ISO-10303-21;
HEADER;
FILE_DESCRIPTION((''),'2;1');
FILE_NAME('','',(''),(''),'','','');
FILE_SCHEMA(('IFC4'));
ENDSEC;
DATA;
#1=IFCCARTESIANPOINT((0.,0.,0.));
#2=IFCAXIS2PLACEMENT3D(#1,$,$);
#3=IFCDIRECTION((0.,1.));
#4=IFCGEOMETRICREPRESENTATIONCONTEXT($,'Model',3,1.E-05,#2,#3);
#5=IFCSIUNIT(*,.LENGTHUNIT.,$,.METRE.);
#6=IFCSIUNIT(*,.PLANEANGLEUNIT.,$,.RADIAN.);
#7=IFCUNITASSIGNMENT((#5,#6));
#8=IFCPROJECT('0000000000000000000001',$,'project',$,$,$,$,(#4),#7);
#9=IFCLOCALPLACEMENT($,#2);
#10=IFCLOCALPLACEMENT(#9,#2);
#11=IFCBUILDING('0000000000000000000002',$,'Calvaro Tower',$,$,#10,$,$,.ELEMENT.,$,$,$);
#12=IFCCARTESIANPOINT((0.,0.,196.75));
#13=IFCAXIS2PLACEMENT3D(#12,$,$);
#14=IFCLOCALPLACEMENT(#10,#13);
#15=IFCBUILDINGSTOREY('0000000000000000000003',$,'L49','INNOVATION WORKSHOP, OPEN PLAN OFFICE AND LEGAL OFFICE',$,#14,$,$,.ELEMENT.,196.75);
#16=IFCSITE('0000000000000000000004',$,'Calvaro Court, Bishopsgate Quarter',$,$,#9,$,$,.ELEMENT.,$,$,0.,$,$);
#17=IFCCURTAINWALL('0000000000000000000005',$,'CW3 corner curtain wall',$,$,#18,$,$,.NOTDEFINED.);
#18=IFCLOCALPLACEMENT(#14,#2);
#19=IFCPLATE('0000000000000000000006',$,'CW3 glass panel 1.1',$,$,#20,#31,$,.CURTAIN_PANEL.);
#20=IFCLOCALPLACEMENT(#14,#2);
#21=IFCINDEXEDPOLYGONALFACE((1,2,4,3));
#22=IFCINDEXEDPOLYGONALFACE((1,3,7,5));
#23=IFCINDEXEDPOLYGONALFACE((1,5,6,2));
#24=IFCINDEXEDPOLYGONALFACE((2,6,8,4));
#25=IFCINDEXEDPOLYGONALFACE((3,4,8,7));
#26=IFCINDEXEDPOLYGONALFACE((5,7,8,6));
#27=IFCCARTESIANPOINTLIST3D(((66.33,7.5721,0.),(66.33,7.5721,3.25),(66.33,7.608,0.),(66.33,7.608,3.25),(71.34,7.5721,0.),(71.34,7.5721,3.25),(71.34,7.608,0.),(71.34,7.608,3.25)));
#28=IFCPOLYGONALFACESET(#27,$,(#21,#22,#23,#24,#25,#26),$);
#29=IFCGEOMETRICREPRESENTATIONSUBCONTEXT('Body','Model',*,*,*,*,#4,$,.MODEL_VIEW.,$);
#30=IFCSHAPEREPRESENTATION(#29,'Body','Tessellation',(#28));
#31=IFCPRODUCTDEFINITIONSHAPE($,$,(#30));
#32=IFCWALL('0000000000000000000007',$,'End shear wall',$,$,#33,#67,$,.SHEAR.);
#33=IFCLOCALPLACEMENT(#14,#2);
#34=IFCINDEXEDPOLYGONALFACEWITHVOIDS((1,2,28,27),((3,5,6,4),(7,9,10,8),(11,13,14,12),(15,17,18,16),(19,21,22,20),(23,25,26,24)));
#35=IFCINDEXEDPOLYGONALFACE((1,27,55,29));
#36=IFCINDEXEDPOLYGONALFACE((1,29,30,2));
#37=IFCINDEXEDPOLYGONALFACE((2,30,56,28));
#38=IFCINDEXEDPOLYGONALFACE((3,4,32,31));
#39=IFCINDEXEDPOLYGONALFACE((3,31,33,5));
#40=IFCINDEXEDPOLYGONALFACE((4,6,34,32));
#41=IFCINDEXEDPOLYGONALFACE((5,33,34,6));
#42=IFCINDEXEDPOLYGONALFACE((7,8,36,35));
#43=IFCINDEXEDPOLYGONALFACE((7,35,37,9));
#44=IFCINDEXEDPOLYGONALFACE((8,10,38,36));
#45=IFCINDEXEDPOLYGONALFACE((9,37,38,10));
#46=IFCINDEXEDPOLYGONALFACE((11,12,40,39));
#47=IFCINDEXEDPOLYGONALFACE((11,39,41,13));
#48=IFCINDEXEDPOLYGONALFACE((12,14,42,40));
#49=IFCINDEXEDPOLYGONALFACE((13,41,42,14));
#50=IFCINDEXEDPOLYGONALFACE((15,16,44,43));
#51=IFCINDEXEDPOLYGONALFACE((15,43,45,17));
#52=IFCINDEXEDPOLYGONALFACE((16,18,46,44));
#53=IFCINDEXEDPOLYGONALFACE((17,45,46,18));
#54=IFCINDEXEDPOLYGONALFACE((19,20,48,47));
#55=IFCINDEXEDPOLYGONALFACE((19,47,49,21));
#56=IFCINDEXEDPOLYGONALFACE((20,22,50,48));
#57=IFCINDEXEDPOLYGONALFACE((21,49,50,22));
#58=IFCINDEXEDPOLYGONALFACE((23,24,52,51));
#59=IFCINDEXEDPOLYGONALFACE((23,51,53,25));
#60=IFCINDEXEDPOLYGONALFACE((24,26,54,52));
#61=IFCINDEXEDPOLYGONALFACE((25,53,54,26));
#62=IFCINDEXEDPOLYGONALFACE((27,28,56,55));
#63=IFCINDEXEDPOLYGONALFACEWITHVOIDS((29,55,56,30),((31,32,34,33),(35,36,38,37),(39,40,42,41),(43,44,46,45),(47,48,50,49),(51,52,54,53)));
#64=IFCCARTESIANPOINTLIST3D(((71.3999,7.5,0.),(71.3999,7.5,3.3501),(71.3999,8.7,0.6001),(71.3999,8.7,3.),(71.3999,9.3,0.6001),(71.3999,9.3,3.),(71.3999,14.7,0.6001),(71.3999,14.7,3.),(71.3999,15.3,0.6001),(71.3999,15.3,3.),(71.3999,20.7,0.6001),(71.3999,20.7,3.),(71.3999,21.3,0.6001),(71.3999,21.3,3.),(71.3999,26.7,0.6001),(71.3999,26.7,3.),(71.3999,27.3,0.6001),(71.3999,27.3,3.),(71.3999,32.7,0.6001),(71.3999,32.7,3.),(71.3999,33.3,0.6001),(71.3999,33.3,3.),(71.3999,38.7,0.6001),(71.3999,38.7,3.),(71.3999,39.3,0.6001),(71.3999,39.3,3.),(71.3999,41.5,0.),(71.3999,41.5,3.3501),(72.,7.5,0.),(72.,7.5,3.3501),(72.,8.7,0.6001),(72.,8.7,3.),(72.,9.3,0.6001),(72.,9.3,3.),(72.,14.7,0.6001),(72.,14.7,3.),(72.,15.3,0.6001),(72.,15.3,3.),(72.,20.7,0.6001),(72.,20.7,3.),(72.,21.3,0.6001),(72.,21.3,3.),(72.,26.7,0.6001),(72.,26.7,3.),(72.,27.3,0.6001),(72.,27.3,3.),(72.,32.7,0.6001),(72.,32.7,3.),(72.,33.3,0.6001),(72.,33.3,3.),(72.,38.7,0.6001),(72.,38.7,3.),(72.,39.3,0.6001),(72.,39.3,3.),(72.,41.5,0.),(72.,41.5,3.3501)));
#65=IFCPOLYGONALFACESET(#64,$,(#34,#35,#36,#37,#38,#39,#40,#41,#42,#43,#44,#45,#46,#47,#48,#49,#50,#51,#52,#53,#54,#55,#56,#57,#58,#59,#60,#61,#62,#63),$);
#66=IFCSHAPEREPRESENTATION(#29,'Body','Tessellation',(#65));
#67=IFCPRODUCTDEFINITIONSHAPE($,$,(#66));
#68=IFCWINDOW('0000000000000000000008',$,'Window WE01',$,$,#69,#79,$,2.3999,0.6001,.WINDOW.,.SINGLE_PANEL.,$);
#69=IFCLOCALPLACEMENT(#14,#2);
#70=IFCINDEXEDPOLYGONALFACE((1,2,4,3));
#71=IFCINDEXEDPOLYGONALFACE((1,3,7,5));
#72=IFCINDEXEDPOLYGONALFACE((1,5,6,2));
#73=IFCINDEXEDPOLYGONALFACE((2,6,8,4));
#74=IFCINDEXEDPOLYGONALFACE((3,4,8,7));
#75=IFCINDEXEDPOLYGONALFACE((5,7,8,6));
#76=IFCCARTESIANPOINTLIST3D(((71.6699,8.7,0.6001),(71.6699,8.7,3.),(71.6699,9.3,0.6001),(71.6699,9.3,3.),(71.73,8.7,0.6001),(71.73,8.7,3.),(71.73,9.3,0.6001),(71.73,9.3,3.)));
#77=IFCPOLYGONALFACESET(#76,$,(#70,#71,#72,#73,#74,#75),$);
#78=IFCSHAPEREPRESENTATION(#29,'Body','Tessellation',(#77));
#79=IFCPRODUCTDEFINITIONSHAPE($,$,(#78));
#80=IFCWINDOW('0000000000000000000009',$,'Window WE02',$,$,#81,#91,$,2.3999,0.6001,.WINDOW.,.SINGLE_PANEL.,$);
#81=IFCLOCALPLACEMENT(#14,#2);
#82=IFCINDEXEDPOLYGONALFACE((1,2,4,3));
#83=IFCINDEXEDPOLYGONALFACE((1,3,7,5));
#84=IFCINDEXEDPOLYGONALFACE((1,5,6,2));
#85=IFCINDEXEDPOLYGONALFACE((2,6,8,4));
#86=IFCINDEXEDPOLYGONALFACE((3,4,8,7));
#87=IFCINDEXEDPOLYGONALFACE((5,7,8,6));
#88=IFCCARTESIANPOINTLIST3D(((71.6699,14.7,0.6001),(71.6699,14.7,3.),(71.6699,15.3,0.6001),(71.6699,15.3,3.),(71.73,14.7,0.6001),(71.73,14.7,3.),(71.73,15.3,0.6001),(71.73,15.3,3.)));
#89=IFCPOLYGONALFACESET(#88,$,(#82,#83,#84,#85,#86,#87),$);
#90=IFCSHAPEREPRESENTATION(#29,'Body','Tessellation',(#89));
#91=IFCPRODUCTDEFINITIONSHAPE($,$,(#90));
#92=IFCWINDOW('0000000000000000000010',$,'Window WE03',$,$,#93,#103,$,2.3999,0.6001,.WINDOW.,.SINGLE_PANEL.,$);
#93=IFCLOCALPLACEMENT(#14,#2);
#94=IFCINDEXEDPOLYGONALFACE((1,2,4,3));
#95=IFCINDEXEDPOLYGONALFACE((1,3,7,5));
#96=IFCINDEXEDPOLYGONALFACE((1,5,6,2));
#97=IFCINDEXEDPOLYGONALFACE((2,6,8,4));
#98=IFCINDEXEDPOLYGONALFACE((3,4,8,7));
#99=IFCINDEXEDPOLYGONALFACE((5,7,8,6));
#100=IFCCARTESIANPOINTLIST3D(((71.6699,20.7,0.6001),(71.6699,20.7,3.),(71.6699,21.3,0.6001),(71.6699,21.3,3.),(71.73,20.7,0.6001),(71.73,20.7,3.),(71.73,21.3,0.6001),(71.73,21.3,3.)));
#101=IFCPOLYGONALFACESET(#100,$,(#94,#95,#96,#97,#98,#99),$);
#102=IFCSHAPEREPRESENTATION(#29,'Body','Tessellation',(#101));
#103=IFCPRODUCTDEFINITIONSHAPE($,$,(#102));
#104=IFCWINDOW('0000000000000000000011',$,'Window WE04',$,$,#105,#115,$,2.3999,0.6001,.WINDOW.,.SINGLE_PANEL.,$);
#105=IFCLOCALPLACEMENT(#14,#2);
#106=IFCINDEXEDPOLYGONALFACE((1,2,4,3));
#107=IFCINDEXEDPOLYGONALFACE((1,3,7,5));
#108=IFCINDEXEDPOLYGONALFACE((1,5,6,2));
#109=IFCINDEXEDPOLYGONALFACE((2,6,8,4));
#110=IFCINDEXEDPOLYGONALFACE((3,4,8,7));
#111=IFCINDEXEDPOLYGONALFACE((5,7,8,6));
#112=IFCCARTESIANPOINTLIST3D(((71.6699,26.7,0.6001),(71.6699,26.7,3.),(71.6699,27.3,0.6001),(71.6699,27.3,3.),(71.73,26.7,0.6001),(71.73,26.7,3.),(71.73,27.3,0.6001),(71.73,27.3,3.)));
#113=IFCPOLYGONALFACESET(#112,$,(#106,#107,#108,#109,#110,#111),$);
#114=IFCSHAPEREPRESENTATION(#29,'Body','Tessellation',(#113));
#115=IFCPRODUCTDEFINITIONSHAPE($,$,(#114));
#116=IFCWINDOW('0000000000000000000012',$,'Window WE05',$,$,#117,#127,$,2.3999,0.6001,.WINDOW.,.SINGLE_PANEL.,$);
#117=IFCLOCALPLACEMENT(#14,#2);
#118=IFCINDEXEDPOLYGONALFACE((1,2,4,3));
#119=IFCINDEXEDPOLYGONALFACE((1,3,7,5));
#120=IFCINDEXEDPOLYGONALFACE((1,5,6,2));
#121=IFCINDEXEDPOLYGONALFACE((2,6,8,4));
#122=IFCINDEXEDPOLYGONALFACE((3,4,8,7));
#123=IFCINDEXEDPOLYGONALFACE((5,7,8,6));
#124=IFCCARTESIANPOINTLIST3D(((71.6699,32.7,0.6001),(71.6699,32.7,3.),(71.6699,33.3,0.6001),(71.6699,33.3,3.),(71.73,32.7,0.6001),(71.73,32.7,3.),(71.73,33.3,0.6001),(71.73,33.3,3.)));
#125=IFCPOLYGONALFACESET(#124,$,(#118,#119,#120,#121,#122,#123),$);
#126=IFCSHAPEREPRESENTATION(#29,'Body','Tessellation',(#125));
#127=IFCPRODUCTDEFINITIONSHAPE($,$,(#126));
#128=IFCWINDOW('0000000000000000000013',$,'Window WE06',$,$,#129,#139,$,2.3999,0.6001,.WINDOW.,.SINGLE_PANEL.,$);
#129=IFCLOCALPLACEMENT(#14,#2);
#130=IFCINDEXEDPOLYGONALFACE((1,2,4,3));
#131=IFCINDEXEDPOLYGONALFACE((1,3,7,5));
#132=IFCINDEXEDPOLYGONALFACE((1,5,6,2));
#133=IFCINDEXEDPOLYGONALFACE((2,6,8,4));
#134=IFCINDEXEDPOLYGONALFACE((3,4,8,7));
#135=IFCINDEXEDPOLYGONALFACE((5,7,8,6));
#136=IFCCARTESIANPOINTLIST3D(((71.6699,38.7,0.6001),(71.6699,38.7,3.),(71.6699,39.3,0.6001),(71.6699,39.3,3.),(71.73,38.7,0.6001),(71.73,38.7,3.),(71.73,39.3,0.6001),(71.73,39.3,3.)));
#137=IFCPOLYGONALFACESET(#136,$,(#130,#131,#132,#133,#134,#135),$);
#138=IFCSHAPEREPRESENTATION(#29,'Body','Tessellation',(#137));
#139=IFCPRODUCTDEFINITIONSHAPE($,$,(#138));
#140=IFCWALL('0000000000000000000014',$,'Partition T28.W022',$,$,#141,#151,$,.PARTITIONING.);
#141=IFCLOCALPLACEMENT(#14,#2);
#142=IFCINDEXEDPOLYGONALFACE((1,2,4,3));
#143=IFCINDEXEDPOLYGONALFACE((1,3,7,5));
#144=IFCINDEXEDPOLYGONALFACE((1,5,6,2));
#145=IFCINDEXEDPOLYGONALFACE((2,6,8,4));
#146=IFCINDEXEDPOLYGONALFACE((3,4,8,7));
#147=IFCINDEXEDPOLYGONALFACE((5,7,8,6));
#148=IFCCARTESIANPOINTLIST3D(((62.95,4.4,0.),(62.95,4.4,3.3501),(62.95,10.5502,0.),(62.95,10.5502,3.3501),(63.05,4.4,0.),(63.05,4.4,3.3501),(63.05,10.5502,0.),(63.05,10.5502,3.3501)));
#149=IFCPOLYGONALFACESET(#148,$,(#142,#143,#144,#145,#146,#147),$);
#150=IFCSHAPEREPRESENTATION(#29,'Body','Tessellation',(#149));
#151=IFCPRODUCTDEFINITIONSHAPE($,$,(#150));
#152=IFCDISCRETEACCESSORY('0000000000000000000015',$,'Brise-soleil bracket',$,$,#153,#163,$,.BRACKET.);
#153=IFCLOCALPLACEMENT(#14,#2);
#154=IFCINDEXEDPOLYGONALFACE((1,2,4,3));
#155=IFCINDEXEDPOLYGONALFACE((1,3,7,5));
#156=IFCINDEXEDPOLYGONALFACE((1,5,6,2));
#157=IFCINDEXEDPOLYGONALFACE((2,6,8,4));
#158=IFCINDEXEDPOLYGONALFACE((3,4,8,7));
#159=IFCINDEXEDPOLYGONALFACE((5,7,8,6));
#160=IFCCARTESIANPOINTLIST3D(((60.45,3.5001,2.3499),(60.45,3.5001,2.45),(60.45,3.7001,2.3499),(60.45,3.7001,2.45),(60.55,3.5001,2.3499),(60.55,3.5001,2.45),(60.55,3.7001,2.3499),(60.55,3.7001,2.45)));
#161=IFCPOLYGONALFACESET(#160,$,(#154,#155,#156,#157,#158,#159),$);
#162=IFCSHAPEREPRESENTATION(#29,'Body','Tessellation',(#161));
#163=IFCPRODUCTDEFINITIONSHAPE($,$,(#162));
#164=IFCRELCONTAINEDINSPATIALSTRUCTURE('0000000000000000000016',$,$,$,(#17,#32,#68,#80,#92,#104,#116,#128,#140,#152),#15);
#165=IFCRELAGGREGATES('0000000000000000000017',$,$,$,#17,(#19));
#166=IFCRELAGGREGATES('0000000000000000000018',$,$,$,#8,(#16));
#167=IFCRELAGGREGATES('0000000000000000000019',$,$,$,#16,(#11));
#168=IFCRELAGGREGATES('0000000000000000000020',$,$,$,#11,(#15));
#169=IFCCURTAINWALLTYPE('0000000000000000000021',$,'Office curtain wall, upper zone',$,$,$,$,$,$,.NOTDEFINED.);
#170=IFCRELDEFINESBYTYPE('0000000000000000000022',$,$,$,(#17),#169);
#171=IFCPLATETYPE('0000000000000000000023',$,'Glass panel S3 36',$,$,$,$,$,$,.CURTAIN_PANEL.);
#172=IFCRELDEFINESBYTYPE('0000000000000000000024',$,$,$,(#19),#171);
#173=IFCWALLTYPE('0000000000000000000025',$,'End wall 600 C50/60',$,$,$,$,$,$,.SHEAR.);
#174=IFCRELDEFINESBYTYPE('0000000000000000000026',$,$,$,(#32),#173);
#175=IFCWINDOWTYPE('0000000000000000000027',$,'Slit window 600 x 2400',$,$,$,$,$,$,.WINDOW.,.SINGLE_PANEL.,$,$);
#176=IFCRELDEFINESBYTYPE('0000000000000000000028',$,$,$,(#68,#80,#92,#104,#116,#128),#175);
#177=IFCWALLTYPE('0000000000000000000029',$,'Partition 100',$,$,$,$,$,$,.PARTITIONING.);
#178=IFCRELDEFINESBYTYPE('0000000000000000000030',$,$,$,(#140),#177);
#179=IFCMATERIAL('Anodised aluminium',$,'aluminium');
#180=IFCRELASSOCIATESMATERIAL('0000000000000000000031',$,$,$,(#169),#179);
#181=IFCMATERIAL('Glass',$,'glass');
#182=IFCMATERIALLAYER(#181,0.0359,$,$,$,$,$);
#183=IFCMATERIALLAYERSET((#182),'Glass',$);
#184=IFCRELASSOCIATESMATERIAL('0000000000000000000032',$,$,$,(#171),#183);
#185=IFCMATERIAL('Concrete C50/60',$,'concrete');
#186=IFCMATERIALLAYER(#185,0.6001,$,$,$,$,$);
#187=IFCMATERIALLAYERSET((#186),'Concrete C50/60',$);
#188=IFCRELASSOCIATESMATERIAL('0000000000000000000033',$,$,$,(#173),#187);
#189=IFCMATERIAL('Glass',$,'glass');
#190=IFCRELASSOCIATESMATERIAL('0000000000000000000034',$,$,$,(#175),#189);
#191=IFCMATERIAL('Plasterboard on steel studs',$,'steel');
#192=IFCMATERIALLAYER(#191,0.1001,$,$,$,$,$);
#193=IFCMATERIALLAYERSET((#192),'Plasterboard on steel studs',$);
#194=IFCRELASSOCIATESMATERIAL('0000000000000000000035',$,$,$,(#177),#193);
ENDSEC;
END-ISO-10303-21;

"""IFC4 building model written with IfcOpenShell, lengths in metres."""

from ifc_helpers import new_model, si_unit, direction, frame, frame_2d, origin, origin_2d, place, context, subcontext, project, spatial, rectangle, extrude, material, layer, layer_set, type_object, element, fill, aggregate, save


model = new_model("IFC4")

# Units and contexts
model_context = context("Model", 3, precision=1e-05, world=origin(), true_north=direction((0.0, 1.0)))
body_context = subcontext(model_context, "Body", "Model", "MODEL_VIEW")
ifc_project = project(units=[si_unit("LENGTHUNIT", "METRE"), si_unit("PLANEANGLEUNIT", "RADIAN")], contexts=[model_context])

# Site, building, storey
site_placement = place(None, origin())
site = spatial("IfcSite", under=ifc_project, at=site_placement, Name="Calvaro Court, Bishopsgate Quarter", CompositionType="ELEMENT", RefElevation=0.0)
building_placement = place(site_placement, origin())
building = spatial("IfcBuilding", under=site, at=building_placement, Name="Calvaro Tower", CompositionType="ELEMENT")
storey_placement = place(building_placement, frame((0.0, 0.0, 196.75)))
storey = spatial("IfcBuildingStorey", under=building, at=storey_placement, Name="L49", Description="INNOVATION WORKSHOP, OPEN PLAN OFFICE AND LEGAL OFFICE", CompositionType="ELEMENT", Elevation=196.75)

# Shared definitions
ifc_material_1 = material(Name="Anodised aluminium", Category="aluminium")
curtain_wall_type = type_object("IfcCurtainWallType", Name="Office curtain wall, upper zone", PredefinedType="NOTDEFINED", material=ifc_material_1)

# Curtain wall
curtain_wall_1_placement = place(storey_placement, origin())
curtain_wall_1 = element("IfcCurtainWall", 1, at=curtain_wall_1_placement, inside=storey, type_object=curtain_wall_type, Name="CW3 corner curtain wall", PredefinedType="NOTDEFINED")

# Plate
ifc_material_2 = material(Name="Glass", Category="glass")
ifc_layer_1 = layer(ifc_material_2, 0.0359)
ifc_layer_set_1 = layer_set([ifc_layer_1], Name="Glass")
plate_type = type_object("IfcPlateType", Name="Glass panel S3 36", PredefinedType="CURTAIN_PANEL", material=ifc_layer_set_1)
plate_1_placement = place(storey_placement, frame((68.835, 7.5901, 0.0), z_axis=(0.0, 0.0, 1.0), x_axis=(1.0, 0.0, 0.0)))
plate_1 = element("IfcPlate", 2, at=plate_1_placement, type_object=plate_type, Name="CW3 glass panel 1.1", PredefinedType="CURTAIN_PANEL", context=body_context, shape_type="SweptSolid", body=[
    extrude(rectangle(XDim=5.01, YDim=0.0359, at=origin_2d()), origin(), (0.0, 0.0, 1.0), 3.25),
])
aggregate(curtain_wall_1, [plate_1])

# Wall, openings, windows
ifc_material_3 = material(Name="Concrete C50/60", Category="concrete")
ifc_layer_2 = layer(ifc_material_3, 0.6001)
ifc_layer_set_2 = layer_set([ifc_layer_2], Name="Concrete C50/60")
wall_type_1 = type_object("IfcWallType", Name="End wall 600 C50/60", PredefinedType="SHEAR", material=ifc_layer_set_2)
wall_1_placement = place(storey_placement, frame((71.7, 7.5, 0.0), z_axis=(0.0, 0.0, 1.0), x_axis=(0.0, 1.0, 0.0)))
wall_1 = element("IfcWall", 3, at=wall_1_placement, inside=storey, type_object=wall_type_1, Name="End shear wall", PredefinedType="SHEAR", context=body_context, shape_type="SweptSolid", body=[
    extrude(rectangle(XDim=34.0, YDim=0.6001, at=frame_2d((17.0, 0.0))), origin(), (0.0, 0.0, 1.0), 3.3501),
])
opening_1_placement = place(wall_1_placement, frame((1.2, 0.0, 0.6001)))
opening_1 = element("IfcOpeningElement", 4, at=opening_1_placement, cuts=wall_1, PredefinedType="OPENING", context=body_context, shape_type="SweptSolid", body=[
    extrude(rectangle(XDim=0.6001, YDim=2.3999, at=frame_2d((0.3, 1.2))), frame((0.0, 0.3101, 0.0), z_axis=(0.0, -1.0, 0.0), x_axis=(1.0, 0.0, 0.0)), (0.0, 0.0, 1.0), 0.6201),
])
opening_2_placement = place(wall_1_placement, frame((7.2, 0.0, 0.6001)))
opening_2 = element("IfcOpeningElement", 5, at=opening_2_placement, cuts=wall_1, PredefinedType="OPENING", context=body_context, shape_type="SweptSolid", body=[
    extrude(rectangle(XDim=0.6001, YDim=2.3999, at=frame_2d((0.3, 1.2))), frame((0.0, 0.3101, 0.0), z_axis=(0.0, -1.0, 0.0), x_axis=(1.0, 0.0, 0.0)), (0.0, 0.0, 1.0), 0.6201),
])
opening_3_placement = place(wall_1_placement, frame((13.2, 0.0, 0.6001)))
opening_3 = element("IfcOpeningElement", 6, at=opening_3_placement, cuts=wall_1, PredefinedType="OPENING", context=body_context, shape_type="SweptSolid", body=[
    extrude(rectangle(XDim=0.6001, YDim=2.3999, at=frame_2d((0.3, 1.2))), frame((0.0, 0.3101, 0.0), z_axis=(0.0, -1.0, 0.0), x_axis=(1.0, 0.0, 0.0)), (0.0, 0.0, 1.0), 0.6201),
])
opening_4_placement = place(wall_1_placement, frame((19.2, 0.0, 0.6001)))
opening_4 = element("IfcOpeningElement", 7, at=opening_4_placement, cuts=wall_1, PredefinedType="OPENING", context=body_context, shape_type="SweptSolid", body=[
    extrude(rectangle(XDim=0.6001, YDim=2.3999, at=frame_2d((0.3, 1.2))), frame((0.0, 0.3101, 0.0), z_axis=(0.0, -1.0, 0.0), x_axis=(1.0, 0.0, 0.0)), (0.0, 0.0, 1.0), 0.6201),
])
opening_5_placement = place(wall_1_placement, frame((25.2, 0.0, 0.6001)))
opening_5 = element("IfcOpeningElement", 8, at=opening_5_placement, cuts=wall_1, PredefinedType="OPENING", context=body_context, shape_type="SweptSolid", body=[
    extrude(rectangle(XDim=0.6001, YDim=2.3999, at=frame_2d((0.3, 1.2))), frame((0.0, 0.3101, 0.0), z_axis=(0.0, -1.0, 0.0), x_axis=(1.0, 0.0, 0.0)), (0.0, 0.0, 1.0), 0.6201),
])
opening_6_placement = place(wall_1_placement, frame((31.2, 0.0, 0.6001)))
opening_6 = element("IfcOpeningElement", 9, at=opening_6_placement, cuts=wall_1, PredefinedType="OPENING", context=body_context, shape_type="SweptSolid", body=[
    extrude(rectangle(XDim=0.6001, YDim=2.3999, at=frame_2d((0.3, 1.2))), frame((0.0, 0.3101, 0.0), z_axis=(0.0, -1.0, 0.0), x_axis=(1.0, 0.0, 0.0)), (0.0, 0.0, 1.0), 0.6201),
])
ifc_material_4 = material(Name="Glass", Category="glass")
window_type = type_object("IfcWindowType", Name="Slit window 600 x 2400", PartitioningType="SINGLE_PANEL", PredefinedType="WINDOW", material=ifc_material_4)
window_1_placement = place(opening_1_placement, origin())
window_1 = element("IfcWindow", 10, at=window_1_placement, inside=storey, type_object=window_type, Name="Window WE01", OverallHeight=2.3999, OverallWidth=0.6001, PartitioningType="SINGLE_PANEL", PredefinedType="WINDOW", context=body_context, shape_type="SweptSolid", body=[
    extrude(rectangle(XDim=0.6001, YDim=2.3999, at=frame_2d((0.3, 1.2))), frame((0.0, 0.03, 0.0), z_axis=(0.0, -1.0, 0.0), x_axis=(1.0, 0.0, 0.0)), (0.0, 0.0, 1.0), 0.0601),
])
fill(opening_1, window_1)
window_2_placement = place(opening_2_placement, origin())
window_2 = element("IfcWindow", 11, at=window_2_placement, inside=storey, type_object=window_type, Name="Window WE02", OverallHeight=2.3999, OverallWidth=0.6001, PartitioningType="SINGLE_PANEL", PredefinedType="WINDOW", context=body_context, shape_type="SweptSolid", body=[
    extrude(rectangle(XDim=0.6001, YDim=2.3999, at=frame_2d((0.3, 1.2))), frame((0.0, 0.03, 0.0), z_axis=(0.0, -1.0, 0.0), x_axis=(1.0, 0.0, 0.0)), (0.0, 0.0, 1.0), 0.0601),
])
fill(opening_2, window_2)
window_3_placement = place(opening_3_placement, origin())
window_3 = element("IfcWindow", 12, at=window_3_placement, inside=storey, type_object=window_type, Name="Window WE03", OverallHeight=2.3999, OverallWidth=0.6001, PartitioningType="SINGLE_PANEL", PredefinedType="WINDOW", context=body_context, shape_type="SweptSolid", body=[
    extrude(rectangle(XDim=0.6001, YDim=2.3999, at=frame_2d((0.3, 1.2))), frame((0.0, 0.03, 0.0), z_axis=(0.0, -1.0, 0.0), x_axis=(1.0, 0.0, 0.0)), (0.0, 0.0, 1.0), 0.0601),
])
fill(opening_3, window_3)
window_4_placement = place(opening_4_placement, origin())
window_4 = element("IfcWindow", 13, at=window_4_placement, inside=storey, type_object=window_type, Name="Window WE04", OverallHeight=2.3999, OverallWidth=0.6001, PartitioningType="SINGLE_PANEL", PredefinedType="WINDOW", context=body_context, shape_type="SweptSolid", body=[
    extrude(rectangle(XDim=0.6001, YDim=2.3999, at=frame_2d((0.3, 1.2))), frame((0.0, 0.03, 0.0), z_axis=(0.0, -1.0, 0.0), x_axis=(1.0, 0.0, 0.0)), (0.0, 0.0, 1.0), 0.0601),
])
fill(opening_4, window_4)
window_5_placement = place(opening_5_placement, origin())
window_5 = element("IfcWindow", 14, at=window_5_placement, inside=storey, type_object=window_type, Name="Window WE05", OverallHeight=2.3999, OverallWidth=0.6001, PartitioningType="SINGLE_PANEL", PredefinedType="WINDOW", context=body_context, shape_type="SweptSolid", body=[
    extrude(rectangle(XDim=0.6001, YDim=2.3999, at=frame_2d((0.3, 1.2))), frame((0.0, 0.03, 0.0), z_axis=(0.0, -1.0, 0.0), x_axis=(1.0, 0.0, 0.0)), (0.0, 0.0, 1.0), 0.0601),
])
fill(opening_5, window_5)
window_6_placement = place(opening_6_placement, origin())
window_6 = element("IfcWindow", 15, at=window_6_placement, inside=storey, type_object=window_type, Name="Window WE06", OverallHeight=2.3999, OverallWidth=0.6001, PartitioningType="SINGLE_PANEL", PredefinedType="WINDOW", context=body_context, shape_type="SweptSolid", body=[
    extrude(rectangle(XDim=0.6001, YDim=2.3999, at=frame_2d((0.3, 1.2))), frame((0.0, 0.03, 0.0), z_axis=(0.0, -1.0, 0.0), x_axis=(1.0, 0.0, 0.0)), (0.0, 0.0, 1.0), 0.0601),
])
fill(opening_6, window_6)

# Wall
ifc_material_5 = material(Name="Plasterboard on steel studs", Category="steel")
ifc_layer_3 = layer(ifc_material_5, 0.1001)
ifc_layer_set_3 = layer_set([ifc_layer_3], Name="Plasterboard on steel studs")
wall_type_2 = type_object("IfcWallType", Name="Partition 100", PredefinedType="PARTITIONING", material=ifc_layer_set_3)
wall_2_placement = place(storey_placement, frame((63.0, 4.3999, 0.0), z_axis=(0.0, 0.0, 1.0), x_axis=(0.0, 1.0, 0.0)))
element("IfcWall", 16, at=wall_2_placement, inside=storey, type_object=wall_type_2, Name="Partition T28.W022", PredefinedType="PARTITIONING", context=body_context, shape_type="SweptSolid", body=[
    extrude(rectangle(XDim=6.1501, YDim=0.1001, at=frame_2d((3.0752, 0.0))), origin(), (0.0, 0.0, 1.0), 3.3501),
])

# Discrete accessory
for number, where, z_axis, x_axis, name in (
    (17, (60.5, 3.6001, 2.3499), (0.0, 0.0, 1.0), (1.0, 0.0, 0.0), "Brise-soleil bracket"),
):
    element("IfcDiscreteAccessory", number, at=place(storey_placement, frame(where, z_axis=z_axis, x_axis=x_axis)), inside=storey, Name=name, PredefinedType="BRACKET", context=body_context, shape_type="SweptSolid", body=[
        extrude(rectangle(XDim=0.1001, YDim=0.2, at=origin_2d()), origin(), (0.0, 0.0, 1.0), 0.1001),
    ])

save(model, "model.ifc")
